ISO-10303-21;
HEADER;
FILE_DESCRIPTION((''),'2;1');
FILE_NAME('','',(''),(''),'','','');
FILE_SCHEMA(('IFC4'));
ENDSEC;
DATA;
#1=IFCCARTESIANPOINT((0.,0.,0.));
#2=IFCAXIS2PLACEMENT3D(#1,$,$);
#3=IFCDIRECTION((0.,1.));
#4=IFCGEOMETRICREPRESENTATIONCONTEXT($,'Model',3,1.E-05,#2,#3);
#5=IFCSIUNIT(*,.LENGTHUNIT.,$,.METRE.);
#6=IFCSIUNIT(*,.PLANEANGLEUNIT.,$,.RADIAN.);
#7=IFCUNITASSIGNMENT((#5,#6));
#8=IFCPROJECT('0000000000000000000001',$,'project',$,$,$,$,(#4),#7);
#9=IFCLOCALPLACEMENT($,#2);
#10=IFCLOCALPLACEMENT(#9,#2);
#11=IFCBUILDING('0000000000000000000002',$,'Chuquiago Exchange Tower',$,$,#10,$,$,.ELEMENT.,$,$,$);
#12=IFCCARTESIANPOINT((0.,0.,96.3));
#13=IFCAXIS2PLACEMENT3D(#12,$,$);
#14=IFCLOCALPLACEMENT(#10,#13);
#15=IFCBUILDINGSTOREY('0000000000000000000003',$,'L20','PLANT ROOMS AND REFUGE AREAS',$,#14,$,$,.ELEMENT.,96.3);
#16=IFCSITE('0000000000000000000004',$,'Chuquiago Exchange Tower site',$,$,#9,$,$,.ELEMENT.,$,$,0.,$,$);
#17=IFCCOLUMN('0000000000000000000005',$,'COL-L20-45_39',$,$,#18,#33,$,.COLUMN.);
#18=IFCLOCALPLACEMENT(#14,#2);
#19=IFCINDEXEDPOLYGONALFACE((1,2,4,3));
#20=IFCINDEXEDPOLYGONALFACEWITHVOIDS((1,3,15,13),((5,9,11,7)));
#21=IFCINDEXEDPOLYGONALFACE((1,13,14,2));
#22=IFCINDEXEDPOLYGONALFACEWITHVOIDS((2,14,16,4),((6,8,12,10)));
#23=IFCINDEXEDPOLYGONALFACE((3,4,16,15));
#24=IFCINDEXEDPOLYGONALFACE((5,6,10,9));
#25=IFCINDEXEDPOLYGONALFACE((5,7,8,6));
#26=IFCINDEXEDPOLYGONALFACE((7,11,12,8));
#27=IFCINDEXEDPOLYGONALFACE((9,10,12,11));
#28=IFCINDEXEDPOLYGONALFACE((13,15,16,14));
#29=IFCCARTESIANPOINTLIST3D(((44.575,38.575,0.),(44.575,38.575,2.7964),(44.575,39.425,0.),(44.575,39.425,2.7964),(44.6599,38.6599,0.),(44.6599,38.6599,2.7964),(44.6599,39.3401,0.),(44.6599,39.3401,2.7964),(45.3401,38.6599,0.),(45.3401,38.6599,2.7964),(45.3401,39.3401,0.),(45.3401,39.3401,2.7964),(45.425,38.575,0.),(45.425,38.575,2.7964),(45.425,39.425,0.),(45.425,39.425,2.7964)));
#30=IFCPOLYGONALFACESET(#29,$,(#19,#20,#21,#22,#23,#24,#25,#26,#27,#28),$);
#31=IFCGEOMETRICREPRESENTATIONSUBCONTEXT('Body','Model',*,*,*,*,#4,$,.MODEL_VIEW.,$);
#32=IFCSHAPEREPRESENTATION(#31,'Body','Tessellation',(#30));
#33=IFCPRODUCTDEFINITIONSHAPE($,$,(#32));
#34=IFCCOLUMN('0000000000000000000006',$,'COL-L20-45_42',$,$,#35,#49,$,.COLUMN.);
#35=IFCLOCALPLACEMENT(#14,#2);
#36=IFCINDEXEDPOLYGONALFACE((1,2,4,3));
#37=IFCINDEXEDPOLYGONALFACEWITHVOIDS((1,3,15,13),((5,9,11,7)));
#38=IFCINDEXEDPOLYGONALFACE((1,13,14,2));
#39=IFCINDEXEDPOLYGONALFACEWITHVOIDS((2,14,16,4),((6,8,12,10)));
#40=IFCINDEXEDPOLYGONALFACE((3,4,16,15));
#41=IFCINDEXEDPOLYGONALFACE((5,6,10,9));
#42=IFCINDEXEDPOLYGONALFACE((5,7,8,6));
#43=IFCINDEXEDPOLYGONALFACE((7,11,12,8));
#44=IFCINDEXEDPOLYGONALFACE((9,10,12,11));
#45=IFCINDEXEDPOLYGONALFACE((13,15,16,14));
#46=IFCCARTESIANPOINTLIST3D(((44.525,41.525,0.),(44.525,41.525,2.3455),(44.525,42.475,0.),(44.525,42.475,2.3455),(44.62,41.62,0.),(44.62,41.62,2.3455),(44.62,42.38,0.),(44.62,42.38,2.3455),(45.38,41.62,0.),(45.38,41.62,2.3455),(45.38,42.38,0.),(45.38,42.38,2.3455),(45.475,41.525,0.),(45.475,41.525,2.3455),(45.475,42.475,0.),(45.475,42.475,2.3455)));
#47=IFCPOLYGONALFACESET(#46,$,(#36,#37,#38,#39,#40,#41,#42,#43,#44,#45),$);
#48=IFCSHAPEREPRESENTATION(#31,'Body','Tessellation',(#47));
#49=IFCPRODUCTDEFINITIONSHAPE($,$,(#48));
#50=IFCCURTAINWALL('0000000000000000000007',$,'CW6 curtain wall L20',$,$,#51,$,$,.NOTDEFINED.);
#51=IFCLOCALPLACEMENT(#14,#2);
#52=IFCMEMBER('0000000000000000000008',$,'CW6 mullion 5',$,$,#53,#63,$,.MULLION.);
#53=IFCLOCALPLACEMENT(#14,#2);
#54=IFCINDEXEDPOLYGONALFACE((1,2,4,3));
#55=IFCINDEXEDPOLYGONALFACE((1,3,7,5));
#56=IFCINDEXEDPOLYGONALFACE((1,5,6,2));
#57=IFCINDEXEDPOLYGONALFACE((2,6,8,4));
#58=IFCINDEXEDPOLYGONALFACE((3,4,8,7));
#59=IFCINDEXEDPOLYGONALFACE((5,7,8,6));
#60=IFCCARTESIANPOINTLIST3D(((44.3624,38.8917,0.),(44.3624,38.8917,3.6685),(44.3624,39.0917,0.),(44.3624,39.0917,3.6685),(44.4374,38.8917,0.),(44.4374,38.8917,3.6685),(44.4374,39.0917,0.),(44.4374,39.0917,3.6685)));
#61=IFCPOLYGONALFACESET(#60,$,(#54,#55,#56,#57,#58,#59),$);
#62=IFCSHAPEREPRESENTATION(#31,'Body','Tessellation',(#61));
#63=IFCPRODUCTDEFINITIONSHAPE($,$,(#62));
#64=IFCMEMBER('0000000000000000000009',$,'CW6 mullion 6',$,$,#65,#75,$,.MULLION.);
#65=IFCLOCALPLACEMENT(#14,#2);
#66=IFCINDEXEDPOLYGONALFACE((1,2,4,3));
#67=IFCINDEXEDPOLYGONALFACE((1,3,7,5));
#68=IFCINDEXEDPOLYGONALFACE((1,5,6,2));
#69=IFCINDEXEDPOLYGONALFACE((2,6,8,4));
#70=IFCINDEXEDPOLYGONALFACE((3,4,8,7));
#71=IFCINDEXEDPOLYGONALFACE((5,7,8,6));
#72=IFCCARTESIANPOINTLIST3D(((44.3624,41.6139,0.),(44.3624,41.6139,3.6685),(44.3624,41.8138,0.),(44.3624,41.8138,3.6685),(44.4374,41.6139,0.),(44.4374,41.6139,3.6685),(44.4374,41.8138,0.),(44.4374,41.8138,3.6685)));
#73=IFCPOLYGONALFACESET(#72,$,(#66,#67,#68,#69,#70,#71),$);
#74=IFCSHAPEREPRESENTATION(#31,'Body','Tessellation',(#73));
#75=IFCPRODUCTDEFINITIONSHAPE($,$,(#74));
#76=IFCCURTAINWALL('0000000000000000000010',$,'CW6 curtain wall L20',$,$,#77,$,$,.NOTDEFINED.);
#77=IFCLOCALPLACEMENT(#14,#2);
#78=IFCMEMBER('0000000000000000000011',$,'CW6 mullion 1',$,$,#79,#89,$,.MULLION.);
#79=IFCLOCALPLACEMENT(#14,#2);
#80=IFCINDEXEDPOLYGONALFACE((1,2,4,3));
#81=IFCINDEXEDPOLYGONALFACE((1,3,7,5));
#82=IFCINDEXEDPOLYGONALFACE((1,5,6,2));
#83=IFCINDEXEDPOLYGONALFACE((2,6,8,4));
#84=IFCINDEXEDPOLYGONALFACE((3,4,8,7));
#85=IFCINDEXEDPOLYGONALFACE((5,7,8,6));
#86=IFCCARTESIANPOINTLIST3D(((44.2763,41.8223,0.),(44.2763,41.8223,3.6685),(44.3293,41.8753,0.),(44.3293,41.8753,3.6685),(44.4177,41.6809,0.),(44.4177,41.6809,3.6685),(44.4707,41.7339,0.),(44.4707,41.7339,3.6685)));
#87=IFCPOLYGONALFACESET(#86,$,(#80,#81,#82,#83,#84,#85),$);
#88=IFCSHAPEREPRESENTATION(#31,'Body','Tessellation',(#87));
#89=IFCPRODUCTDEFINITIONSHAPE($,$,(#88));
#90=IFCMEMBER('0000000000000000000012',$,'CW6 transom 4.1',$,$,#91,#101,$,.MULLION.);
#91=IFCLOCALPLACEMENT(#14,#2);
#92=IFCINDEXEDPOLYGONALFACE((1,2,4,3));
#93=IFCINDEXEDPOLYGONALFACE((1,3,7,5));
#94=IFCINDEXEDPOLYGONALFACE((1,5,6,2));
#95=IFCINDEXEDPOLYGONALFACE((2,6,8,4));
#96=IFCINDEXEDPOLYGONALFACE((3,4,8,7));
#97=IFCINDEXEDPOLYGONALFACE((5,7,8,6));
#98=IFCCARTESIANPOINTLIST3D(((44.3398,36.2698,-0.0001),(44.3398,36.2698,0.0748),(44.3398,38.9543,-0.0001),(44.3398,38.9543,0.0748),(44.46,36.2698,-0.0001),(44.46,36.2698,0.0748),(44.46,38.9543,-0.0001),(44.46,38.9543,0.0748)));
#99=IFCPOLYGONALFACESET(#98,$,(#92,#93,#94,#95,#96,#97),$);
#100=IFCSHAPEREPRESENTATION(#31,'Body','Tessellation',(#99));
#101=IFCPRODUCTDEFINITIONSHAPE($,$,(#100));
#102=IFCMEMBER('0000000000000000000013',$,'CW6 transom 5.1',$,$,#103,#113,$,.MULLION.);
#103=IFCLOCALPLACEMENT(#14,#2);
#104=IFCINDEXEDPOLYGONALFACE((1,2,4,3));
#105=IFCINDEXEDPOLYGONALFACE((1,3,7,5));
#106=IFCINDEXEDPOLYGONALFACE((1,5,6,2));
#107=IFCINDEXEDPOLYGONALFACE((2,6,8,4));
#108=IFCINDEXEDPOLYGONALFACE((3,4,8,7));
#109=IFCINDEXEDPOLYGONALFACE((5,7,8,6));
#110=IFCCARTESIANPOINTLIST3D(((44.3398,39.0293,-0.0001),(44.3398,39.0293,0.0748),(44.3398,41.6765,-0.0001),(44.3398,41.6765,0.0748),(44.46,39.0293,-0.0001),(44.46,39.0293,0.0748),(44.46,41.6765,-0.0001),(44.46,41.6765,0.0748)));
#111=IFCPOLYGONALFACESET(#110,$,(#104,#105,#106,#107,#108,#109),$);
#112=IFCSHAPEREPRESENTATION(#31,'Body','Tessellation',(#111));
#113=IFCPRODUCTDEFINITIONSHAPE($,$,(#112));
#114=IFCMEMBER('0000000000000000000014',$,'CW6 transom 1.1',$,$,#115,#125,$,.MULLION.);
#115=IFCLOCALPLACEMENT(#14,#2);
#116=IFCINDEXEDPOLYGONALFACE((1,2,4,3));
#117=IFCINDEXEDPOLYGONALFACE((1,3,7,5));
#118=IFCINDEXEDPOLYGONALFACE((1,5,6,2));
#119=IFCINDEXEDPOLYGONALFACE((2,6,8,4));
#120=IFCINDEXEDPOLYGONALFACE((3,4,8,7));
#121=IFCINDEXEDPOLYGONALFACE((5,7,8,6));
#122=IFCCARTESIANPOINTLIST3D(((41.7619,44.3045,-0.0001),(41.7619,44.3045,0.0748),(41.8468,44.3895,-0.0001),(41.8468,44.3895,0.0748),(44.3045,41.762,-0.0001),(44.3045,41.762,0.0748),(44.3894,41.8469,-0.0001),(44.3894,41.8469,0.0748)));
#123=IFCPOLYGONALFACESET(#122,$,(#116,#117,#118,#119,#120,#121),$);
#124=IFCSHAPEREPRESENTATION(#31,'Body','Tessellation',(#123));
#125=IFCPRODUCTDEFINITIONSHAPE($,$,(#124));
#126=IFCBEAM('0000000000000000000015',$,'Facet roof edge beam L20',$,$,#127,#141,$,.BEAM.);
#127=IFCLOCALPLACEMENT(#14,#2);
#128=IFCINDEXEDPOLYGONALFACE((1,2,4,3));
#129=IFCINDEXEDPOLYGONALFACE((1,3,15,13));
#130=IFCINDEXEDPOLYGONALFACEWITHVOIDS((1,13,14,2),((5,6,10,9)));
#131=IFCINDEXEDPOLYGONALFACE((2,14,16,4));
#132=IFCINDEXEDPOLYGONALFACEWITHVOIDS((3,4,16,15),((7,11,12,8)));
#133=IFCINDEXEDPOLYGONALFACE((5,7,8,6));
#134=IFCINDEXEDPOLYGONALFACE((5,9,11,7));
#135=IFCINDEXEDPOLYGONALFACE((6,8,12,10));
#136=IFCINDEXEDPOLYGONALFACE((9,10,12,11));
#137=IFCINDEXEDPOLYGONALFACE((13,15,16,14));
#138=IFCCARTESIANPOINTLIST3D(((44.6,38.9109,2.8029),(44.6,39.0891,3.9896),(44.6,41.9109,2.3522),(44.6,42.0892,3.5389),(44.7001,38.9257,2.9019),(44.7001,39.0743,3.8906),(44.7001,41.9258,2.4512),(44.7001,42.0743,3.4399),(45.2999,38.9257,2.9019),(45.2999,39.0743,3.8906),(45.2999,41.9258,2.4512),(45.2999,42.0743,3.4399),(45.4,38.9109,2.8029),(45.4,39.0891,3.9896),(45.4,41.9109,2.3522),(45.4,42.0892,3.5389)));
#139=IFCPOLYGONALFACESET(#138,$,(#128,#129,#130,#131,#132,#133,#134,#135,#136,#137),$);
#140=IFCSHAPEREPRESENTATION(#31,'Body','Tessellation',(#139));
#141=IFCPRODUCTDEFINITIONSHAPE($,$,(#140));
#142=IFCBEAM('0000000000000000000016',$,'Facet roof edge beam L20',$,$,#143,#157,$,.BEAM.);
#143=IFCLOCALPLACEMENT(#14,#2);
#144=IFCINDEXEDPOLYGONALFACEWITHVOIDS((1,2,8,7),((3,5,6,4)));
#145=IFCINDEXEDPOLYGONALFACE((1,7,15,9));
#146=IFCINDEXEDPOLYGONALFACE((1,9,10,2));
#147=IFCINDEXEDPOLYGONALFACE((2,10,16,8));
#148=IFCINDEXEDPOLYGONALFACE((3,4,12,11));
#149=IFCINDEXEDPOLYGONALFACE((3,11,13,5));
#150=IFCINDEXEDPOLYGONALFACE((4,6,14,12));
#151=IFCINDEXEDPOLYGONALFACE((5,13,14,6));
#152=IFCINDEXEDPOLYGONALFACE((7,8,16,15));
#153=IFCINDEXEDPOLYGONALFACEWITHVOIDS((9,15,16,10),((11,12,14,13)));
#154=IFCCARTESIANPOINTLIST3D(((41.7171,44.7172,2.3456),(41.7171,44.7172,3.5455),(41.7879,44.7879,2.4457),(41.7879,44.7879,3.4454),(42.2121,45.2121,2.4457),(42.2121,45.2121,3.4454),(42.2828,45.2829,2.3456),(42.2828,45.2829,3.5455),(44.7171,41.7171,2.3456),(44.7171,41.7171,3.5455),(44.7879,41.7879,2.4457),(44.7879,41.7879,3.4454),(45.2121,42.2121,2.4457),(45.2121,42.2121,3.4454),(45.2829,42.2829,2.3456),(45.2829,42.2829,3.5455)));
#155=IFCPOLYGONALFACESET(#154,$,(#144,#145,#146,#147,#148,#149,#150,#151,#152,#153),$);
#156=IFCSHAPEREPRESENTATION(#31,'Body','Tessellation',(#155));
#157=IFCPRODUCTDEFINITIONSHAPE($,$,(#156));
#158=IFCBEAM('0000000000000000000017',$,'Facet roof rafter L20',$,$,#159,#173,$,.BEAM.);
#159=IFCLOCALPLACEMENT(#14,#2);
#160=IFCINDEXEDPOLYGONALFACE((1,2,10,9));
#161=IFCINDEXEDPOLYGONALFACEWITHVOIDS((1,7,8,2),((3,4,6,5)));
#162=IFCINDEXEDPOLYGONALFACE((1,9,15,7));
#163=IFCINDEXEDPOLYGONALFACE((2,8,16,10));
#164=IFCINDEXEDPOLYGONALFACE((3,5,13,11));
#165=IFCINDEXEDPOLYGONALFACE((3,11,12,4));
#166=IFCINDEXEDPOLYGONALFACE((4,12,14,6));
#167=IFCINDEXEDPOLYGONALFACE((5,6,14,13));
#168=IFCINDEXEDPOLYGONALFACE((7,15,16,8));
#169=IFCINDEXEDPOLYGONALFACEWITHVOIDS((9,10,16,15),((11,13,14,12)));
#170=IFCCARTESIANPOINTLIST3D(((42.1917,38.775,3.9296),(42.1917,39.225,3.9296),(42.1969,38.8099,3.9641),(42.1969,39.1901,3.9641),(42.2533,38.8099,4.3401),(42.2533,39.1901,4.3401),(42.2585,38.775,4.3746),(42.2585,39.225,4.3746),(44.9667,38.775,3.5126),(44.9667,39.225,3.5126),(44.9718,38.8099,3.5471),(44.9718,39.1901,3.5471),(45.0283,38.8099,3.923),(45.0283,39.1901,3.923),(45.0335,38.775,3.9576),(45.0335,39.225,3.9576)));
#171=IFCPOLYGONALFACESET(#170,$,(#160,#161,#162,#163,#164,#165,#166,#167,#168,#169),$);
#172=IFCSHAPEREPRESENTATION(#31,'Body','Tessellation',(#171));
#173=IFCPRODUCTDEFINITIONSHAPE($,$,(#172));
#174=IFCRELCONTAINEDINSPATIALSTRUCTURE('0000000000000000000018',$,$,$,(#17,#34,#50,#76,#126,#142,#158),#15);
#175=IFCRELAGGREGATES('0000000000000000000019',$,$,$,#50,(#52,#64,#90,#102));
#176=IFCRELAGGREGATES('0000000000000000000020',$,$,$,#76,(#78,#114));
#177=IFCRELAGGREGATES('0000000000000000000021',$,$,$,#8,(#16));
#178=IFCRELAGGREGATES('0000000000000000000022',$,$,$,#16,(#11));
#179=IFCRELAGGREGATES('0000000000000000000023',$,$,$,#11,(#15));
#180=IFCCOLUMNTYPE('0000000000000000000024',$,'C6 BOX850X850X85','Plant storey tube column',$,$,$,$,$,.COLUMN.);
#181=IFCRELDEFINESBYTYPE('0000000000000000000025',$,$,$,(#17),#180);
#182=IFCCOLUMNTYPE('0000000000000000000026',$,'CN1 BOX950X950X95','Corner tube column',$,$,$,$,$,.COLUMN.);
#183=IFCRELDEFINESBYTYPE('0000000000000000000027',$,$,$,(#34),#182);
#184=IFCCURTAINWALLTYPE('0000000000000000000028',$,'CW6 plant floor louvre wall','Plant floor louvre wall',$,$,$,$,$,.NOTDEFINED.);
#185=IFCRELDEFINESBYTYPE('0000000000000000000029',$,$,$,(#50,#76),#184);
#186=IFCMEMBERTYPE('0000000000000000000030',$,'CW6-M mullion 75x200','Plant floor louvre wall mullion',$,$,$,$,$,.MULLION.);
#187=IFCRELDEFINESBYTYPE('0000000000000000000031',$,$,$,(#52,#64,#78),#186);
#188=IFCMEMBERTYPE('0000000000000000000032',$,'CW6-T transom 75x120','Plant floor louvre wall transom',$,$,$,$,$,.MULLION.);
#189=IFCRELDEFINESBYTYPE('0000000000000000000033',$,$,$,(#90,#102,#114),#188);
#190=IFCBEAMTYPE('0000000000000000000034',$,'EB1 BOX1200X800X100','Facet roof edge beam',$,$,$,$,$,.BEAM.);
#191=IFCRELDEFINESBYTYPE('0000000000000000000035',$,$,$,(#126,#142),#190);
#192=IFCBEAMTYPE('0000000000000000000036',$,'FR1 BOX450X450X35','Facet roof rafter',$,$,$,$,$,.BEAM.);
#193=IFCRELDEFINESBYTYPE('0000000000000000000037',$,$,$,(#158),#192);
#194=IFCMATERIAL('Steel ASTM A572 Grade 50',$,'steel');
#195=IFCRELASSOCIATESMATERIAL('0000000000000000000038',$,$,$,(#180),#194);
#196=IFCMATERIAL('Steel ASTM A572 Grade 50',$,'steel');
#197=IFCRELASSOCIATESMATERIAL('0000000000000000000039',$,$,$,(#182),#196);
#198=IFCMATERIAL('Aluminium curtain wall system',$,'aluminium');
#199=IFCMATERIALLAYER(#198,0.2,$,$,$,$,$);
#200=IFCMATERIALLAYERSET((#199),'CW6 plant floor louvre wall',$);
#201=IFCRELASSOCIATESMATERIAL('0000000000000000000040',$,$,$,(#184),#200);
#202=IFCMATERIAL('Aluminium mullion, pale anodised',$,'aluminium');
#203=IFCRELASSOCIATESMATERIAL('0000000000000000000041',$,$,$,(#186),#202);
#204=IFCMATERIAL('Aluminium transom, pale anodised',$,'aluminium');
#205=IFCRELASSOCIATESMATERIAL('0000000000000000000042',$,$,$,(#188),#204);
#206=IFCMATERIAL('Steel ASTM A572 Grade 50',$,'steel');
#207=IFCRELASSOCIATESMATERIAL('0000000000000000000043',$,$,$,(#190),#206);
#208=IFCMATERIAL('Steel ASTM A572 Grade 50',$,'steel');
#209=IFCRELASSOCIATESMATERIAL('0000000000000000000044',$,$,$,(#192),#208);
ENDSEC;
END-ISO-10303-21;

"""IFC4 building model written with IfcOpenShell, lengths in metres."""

from ifc_helpers import new_model, si_unit, direction, frame, origin, origin_2d, place, context, subcontext, project, spatial, rectangle, hollow_rectangle, extrude, material, layer, layer_set, material_profile, profile_set, type_object, element, aggregate, save


model = new_model("IFC4")

# Units and contexts
model_context = context("Model", 3, precision=1e-05, world=origin(), true_north=direction((0.0, 1.0)))
body_context = subcontext(model_context, "Body", "Model", "MODEL_VIEW")
ifc_project = project(units=[si_unit("LENGTHUNIT", "METRE"), si_unit("PLANEANGLEUNIT", "RADIAN")], contexts=[model_context])

# Site, building, storey
site_placement = place(None, origin())
site = spatial("IfcSite", under=ifc_project, at=site_placement, Name="Chuquiago Exchange Tower site", CompositionType="ELEMENT", RefElevation=0.0)
building_placement = place(site_placement, origin())
building = spatial("IfcBuilding", under=site, at=building_placement, Name="Chuquiago Exchange Tower", CompositionType="ELEMENT")
storey_placement = place(building_placement, frame((0.0, 0.0, 96.3)))
storey = spatial("IfcBuildingStorey", under=building, at=storey_placement, Name="L20", Description="PLANT ROOMS AND REFUGE AREAS", CompositionType="ELEMENT", Elevation=96.3)

# Columns
ifc_material_1 = material(Name="Steel ASTM A572 Grade 50", Category="steel")
ifc_material_profile_1 = material_profile(ifc_material_1, hollow_rectangle(XDim=0.8501, YDim=0.8501, WallThickness=0.085, at=origin_2d()), Name="BOX850X850X85")
ifc_profile_set_1 = profile_set([ifc_material_profile_1], Name="Steel ASTM A572 Grade 50")
column_type_1 = type_object("IfcColumnType", Name="C6 BOX850X850X85", Description="Plant storey tube column", PredefinedType="COLUMN", material=ifc_profile_set_1)
column_1_placement = place(storey_placement, frame((45.0, 39.0, 0.0), z_axis=(0.0, 0.0, 1.0), x_axis=(1.0, 0.0, 0.0)))
element("IfcColumn", 1, at=column_1_placement, inside=storey, type_object=column_type_1, Name="COL-L20-45_39", PredefinedType="COLUMN", context=body_context, shape_type="SweptSolid", body=[
    extrude(hollow_rectangle(XDim=0.8501, YDim=0.8501, WallThickness=0.085, at=origin_2d()), origin(), (0.0, 0.0, 1.0), 2.7964),
])
ifc_material_2 = material(Name="Steel ASTM A572 Grade 50", Category="steel")
ifc_material_profile_2 = material_profile(ifc_material_2, hollow_rectangle(XDim=0.95, YDim=0.95, WallThickness=0.095, at=origin_2d()), Name="BOX950X950X95")
ifc_profile_set_2 = profile_set([ifc_material_profile_2], Name="Steel ASTM A572 Grade 50")
column_type_2 = type_object("IfcColumnType", Name="CN1 BOX950X950X95", Description="Corner tube column", PredefinedType="COLUMN", material=ifc_profile_set_2)
column_2_placement = place(storey_placement, frame((45.0, 42.0, 0.0), z_axis=(0.0, 0.0, 1.0), x_axis=(1.0, 0.0, 0.0)))
element("IfcColumn", 2, at=column_2_placement, inside=storey, type_object=column_type_2, Name="COL-L20-45_42", PredefinedType="COLUMN", context=body_context, shape_type="SweptSolid", body=[
    extrude(hollow_rectangle(XDim=0.95, YDim=0.95, WallThickness=0.095, at=origin_2d()), origin(), (0.0, 0.0, 1.0), 2.3455),
])

# Curtain wall, members
ifc_material_3 = material(Name="Aluminium curtain wall system", Category="aluminium")
ifc_layer_1 = layer(ifc_material_3, 0.2)
ifc_layer_set_1 = layer_set([ifc_layer_1], Name="CW6 plant floor louvre wall")
curtain_wall_type = type_object("IfcCurtainWallType", Name="CW6 plant floor louvre wall", Description="Plant floor louvre wall", PredefinedType="NOTDEFINED", material=ifc_layer_set_1)
curtain_wall_1_placement = place(storey_placement, origin())
curtain_wall_1 = element("IfcCurtainWall", 3, at=curtain_wall_1_placement, inside=storey, type_object=curtain_wall_type, Name="CW6 curtain wall L20", PredefinedType="NOTDEFINED")
ifc_material_4 = material(Name="Aluminium mullion, pale anodised", Category="aluminium")
ifc_material_profile_3 = material_profile(ifc_material_4, rectangle(XDim=0.075, YDim=0.2, at=origin_2d()), Name="AL 75x200")
ifc_profile_set_3 = profile_set([ifc_material_profile_3], Name="Aluminium mullion, pale anodised")
member_type_1 = type_object("IfcMemberType", Name="CW6-M mullion 75x200", Description="Plant floor louvre wall mullion", PredefinedType="MULLION", material=ifc_profile_set_3)
member_1_placement = place(storey_placement, frame((44.3999, 38.9917, 0.0), z_axis=(0.0, 0.0, 1.0), x_axis=(-1.0, 0.0, 0.0)))
member_1 = element("IfcMember", 4, at=member_1_placement, type_object=member_type_1, Name="CW6 mullion 5", PredefinedType="MULLION", context=body_context, shape_type="SweptSolid", body=[
    extrude(rectangle(XDim=0.075, YDim=0.2, at=origin_2d()), origin(), (0.0, 0.0, 1.0), 3.6685),
])
member_2_placement = place(storey_placement, frame((44.3999, 41.7139, 0.0), z_axis=(0.0, 0.0, 1.0), x_axis=(-1.0, 0.0, 0.0)))
member_2 = element("IfcMember", 5, at=member_2_placement, type_object=member_type_1, Name="CW6 mullion 6", PredefinedType="MULLION", context=body_context, shape_type="SweptSolid", body=[
    extrude(rectangle(XDim=0.075, YDim=0.2, at=origin_2d()), origin(), (0.0, 0.0, 1.0), 3.6685),
])

# Curtain wall, member
curtain_wall_2_placement = place(storey_placement, origin())
curtain_wall_2 = element("IfcCurtainWall", 6, at=curtain_wall_2_placement, inside=storey, type_object=curtain_wall_type, Name="CW6 curtain wall L20", PredefinedType="NOTDEFINED")
member_3_placement = place(storey_placement, frame((44.3735, 41.7781, 0.0), z_axis=(0.0, 0.0, 1.0), x_axis=(-0.707107, -0.707107, 0.0)))
member_3 = element("IfcMember", 7, at=member_3_placement, type_object=member_type_1, Name="CW6 mullion 1", PredefinedType="MULLION", context=body_context, shape_type="SweptSolid", body=[
    extrude(rectangle(XDim=0.075, YDim=0.2, at=origin_2d()), origin(), (0.0, 0.0, 1.0), 3.6685),
])

# Members
ifc_material_5 = material(Name="Aluminium transom, pale anodised", Category="aluminium")
ifc_material_profile_4 = material_profile(ifc_material_5, rectangle(XDim=0.1201, YDim=0.075, at=origin_2d()), Name="AL 120x75")
ifc_profile_set_4 = profile_set([ifc_material_profile_4], Name="Aluminium transom, pale anodised")
member_type_2 = type_object("IfcMemberType", Name="CW6-T transom 75x120", Description="Plant floor louvre wall transom", PredefinedType="MULLION", material=ifc_profile_set_4)
member_4_placement = place(storey_placement, frame((44.3999, 36.2698, 0.0374), z_axis=(0.0, 1.0, 0.0), x_axis=(-1.0, 0.0, 0.0)))
member_4 = element("IfcMember", 8, at=member_4_placement, type_object=member_type_2, Name="CW6 transom 4.1", PredefinedType="MULLION", context=body_context, shape_type="SweptSolid", body=[
    extrude(rectangle(XDim=0.1201, YDim=0.075, at=origin_2d()), origin(), (0.0, 0.0, 1.0), 2.6846),
])
member_5_placement = place(storey_placement, frame((44.3999, 39.0293, 0.0374), z_axis=(0.0, 1.0, 0.0), x_axis=(-1.0, 0.0, 0.0)))
member_5 = element("IfcMember", 9, at=member_5_placement, type_object=member_type_2, Name="CW6 transom 5.1", PredefinedType="MULLION", context=body_context, shape_type="SweptSolid", body=[
    extrude(rectangle(XDim=0.1201, YDim=0.075, at=origin_2d()), origin(), (0.0, 0.0, 1.0), 2.6472),
])
member_6_placement = place(storey_placement, frame((44.3469, 41.8044, 0.0374), z_axis=(-0.707107, 0.707107, 0.0), x_axis=(-0.707107, -0.707107, 0.0)))
member_6 = element("IfcMember", 10, at=member_6_placement, type_object=member_type_2, Name="CW6 transom 1.1", PredefinedType="MULLION", context=body_context, shape_type="SweptSolid", body=[
    extrude(rectangle(XDim=0.1201, YDim=0.075, at=origin_2d()), origin(), (0.0, 0.0, 1.0), 3.5957),
])

# Beams
ifc_material_6 = material(Name="Steel ASTM A572 Grade 50", Category="steel")
ifc_material_profile_5 = material_profile(ifc_material_6, hollow_rectangle(XDim=0.8, YDim=1.2, WallThickness=0.1001, at=origin_2d()), Name="BOX1200X800X100")
ifc_profile_set_5 = profile_set([ifc_material_profile_5], Name="Steel ASTM A572 Grade 50")
beam_type_1 = type_object("IfcBeamType", Name="EB1 BOX1200X800X100", Description="Facet roof edge beam", PredefinedType="BEAM", material=ifc_profile_set_5)
beam_1_placement = place(storey_placement, frame((45.0, 39.0, 3.3962), z_axis=(0.0, 0.988903, -0.148561), x_axis=(-1.0, 0.0, 0.0)))
element("IfcBeam", 11, at=beam_1_placement, inside=storey, type_object=beam_type_1, Name="Facet roof edge beam L20", PredefinedType="BEAM", context=body_context, shape_type="SweptSolid", body=[
    extrude(hollow_rectangle(XDim=0.8, YDim=1.2, WallThickness=0.1001, at=origin_2d()), origin(), (0.0, 0.0, 1.0), 3.0337),
])
beam_2_placement = place(storey_placement, frame((45.0, 42.0, 2.9456), z_axis=(-0.707107, 0.707107, 0.0), x_axis=(-0.707107, -0.707107, 0.0)))
element("IfcBeam", 12, at=beam_2_placement, inside=storey, type_object=beam_type_1, Name="Facet roof edge beam L20", PredefinedType="BEAM", context=body_context, shape_type="SweptSolid", body=[
    extrude(hollow_rectangle(XDim=0.8, YDim=1.2, WallThickness=0.1001, at=origin_2d()), origin(), (0.0, 0.0, 1.0), 4.2427),
])
ifc_material_7 = material(Name="Steel ASTM A572 Grade 50", Category="steel")
ifc_material_profile_6 = material_profile(ifc_material_7, hollow_rectangle(XDim=0.45, YDim=0.45, WallThickness=0.0349, at=origin_2d()), Name="BOX450X450X35")
ifc_profile_set_6 = profile_set([ifc_material_profile_6], Name="Steel ASTM A572 Grade 50")
beam_type_2 = type_object("IfcBeamType", Name="FR1 BOX450X450X35", Description="Facet roof rafter", PredefinedType="BEAM", material=ifc_profile_set_6)
beam_3_placement = place(storey_placement, frame((42.2251, 39.0, 4.1521), z_axis=(0.988897, 0.0, -0.148604), x_axis=(0.0, 1.0, 0.0)))
element("IfcBeam", 13, at=beam_3_placement, inside=storey, type_object=beam_type_2, Name="Facet roof rafter L20", PredefinedType="BEAM", context=body_context, shape_type="SweptSolid", body=[
    extrude(hollow_rectangle(XDim=0.45, YDim=0.45, WallThickness=0.0349, at=origin_2d()), origin(), (0.0, 0.0, 1.0), 2.8062),
])

aggregate(curtain_wall_1, [member_1, member_2, member_4, member_5])
aggregate(curtain_wall_2, [member_3, member_6])

save(model, "model.ifc")
